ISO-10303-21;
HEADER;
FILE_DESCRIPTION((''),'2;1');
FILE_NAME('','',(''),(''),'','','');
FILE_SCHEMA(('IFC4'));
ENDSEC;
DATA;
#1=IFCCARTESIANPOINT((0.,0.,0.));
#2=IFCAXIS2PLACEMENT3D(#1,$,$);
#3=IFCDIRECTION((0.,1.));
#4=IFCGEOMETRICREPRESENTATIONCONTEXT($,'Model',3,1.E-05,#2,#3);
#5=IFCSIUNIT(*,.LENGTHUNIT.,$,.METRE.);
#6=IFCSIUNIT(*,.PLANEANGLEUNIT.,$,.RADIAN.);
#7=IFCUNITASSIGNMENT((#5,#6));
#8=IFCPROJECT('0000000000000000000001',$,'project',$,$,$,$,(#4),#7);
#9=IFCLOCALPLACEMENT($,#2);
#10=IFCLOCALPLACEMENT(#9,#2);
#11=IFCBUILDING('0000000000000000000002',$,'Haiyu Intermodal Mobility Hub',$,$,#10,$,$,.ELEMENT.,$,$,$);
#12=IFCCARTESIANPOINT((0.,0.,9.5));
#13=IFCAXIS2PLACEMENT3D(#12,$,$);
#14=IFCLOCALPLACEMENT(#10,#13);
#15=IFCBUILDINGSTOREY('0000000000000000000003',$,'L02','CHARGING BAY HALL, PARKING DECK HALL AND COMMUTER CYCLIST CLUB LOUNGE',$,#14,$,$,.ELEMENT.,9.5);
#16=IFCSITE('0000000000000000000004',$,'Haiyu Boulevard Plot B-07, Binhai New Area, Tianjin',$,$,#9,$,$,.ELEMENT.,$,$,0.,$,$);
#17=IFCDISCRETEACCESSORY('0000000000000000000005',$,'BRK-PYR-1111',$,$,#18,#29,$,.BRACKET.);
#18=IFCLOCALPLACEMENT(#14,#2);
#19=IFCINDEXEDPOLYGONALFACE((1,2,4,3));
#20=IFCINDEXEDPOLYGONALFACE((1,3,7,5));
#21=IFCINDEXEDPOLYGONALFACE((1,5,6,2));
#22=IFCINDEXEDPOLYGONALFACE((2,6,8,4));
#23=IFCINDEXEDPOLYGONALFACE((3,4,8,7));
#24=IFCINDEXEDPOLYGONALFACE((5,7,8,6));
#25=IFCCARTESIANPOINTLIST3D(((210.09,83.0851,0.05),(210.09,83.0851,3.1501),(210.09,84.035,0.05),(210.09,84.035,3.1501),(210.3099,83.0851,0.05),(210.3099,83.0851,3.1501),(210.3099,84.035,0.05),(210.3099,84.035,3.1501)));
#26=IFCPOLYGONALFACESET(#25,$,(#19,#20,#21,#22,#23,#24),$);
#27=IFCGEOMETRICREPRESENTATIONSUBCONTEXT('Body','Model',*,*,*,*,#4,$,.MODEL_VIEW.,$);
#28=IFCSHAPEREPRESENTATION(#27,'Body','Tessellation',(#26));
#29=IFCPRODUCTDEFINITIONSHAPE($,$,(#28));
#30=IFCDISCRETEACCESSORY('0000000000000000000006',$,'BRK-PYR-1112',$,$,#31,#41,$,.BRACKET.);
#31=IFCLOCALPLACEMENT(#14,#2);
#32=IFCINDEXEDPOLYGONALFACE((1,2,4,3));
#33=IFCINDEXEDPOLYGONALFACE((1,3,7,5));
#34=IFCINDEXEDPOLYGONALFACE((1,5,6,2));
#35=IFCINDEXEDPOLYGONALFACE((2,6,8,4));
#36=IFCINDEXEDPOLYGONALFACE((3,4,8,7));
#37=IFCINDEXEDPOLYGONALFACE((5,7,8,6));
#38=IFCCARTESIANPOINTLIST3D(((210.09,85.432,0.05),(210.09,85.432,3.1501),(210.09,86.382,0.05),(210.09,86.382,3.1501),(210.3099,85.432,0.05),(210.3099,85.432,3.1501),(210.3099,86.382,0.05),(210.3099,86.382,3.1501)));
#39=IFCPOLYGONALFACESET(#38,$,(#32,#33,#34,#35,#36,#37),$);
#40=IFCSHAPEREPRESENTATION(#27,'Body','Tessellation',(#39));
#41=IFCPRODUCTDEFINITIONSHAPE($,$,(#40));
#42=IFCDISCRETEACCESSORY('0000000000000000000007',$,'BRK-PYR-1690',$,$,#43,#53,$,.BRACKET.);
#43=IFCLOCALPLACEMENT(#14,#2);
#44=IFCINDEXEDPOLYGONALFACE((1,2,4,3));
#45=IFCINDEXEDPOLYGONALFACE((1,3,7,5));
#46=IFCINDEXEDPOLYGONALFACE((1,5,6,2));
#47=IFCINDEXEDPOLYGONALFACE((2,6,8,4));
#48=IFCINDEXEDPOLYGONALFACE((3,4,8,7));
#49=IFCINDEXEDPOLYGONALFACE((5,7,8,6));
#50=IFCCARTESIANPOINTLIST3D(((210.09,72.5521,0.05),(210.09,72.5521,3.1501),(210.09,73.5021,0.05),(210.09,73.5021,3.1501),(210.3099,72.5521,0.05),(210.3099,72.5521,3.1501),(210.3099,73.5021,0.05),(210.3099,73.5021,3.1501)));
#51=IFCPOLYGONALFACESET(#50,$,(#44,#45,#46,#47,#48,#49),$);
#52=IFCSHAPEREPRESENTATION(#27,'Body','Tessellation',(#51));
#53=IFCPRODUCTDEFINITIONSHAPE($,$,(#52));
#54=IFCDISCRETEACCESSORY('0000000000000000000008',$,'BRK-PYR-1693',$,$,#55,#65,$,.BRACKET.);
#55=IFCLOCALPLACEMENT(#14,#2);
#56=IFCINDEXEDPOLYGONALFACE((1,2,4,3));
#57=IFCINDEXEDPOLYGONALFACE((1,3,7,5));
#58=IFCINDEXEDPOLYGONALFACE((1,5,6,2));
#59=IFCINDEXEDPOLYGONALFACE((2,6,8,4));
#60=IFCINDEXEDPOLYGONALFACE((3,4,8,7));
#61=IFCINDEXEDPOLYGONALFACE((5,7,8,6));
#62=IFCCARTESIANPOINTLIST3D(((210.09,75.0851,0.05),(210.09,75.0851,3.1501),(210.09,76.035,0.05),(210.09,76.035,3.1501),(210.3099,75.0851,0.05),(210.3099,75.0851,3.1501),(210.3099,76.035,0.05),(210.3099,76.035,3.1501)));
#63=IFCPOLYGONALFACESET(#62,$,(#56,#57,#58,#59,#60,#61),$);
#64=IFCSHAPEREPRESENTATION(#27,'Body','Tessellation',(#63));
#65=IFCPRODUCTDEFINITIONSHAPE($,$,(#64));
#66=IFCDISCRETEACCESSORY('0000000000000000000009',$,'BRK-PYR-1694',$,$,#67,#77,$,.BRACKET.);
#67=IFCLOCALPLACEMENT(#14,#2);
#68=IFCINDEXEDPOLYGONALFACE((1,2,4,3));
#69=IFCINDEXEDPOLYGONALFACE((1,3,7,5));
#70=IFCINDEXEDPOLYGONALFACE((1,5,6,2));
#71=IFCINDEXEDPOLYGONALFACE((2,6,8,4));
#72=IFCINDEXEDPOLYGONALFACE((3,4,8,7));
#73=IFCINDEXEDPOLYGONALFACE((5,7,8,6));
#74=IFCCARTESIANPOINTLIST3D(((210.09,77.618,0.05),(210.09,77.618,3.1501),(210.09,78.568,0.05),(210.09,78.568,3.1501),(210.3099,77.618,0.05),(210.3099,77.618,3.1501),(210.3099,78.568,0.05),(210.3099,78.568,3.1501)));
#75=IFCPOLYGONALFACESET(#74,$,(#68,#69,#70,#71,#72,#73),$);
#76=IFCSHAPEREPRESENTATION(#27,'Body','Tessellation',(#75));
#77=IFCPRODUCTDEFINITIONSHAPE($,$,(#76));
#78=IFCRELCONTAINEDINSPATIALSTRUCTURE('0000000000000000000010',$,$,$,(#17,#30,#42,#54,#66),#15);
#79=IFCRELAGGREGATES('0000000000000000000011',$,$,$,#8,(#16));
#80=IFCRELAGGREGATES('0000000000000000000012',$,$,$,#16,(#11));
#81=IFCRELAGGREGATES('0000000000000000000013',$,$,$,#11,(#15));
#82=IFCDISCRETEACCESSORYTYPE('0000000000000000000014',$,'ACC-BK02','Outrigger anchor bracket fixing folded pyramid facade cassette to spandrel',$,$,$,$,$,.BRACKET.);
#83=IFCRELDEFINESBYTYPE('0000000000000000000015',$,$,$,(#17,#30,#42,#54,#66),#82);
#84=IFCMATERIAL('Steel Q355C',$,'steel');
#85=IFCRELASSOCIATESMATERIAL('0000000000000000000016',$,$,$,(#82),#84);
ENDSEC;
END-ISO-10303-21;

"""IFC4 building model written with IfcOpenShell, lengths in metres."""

from ifc_helpers import new_model, si_unit, direction, frame, origin, origin_2d, place, context, subcontext, project, spatial, rectangle, extrude, material, type_object, element, save


model = new_model("IFC4")

# Units and contexts
model_context = context("Model", 3, precision=1e-05, world=origin(), true_north=direction((0.0, 1.0)))
body_context = subcontext(model_context, "Body", "Model", "MODEL_VIEW")
ifc_project = project(units=[si_unit("LENGTHUNIT", "METRE"), si_unit("PLANEANGLEUNIT", "RADIAN")], contexts=[model_context])

# Site, building, storey
site_placement = place(None, origin())
site = spatial("IfcSite", under=ifc_project, at=site_placement, Name="Haiyu Boulevard Plot B-07, Binhai New Area, Tianjin", CompositionType="ELEMENT", RefElevation=0.0)
building_placement = place(site_placement, origin())
building = spatial("IfcBuilding", under=site, at=building_placement, Name="Haiyu Intermodal Mobility Hub", CompositionType="ELEMENT")
storey_placement = place(building_placement, frame((0.0, 0.0, 9.5)))
storey = spatial("IfcBuildingStorey", under=building, at=storey_placement, Name="L02", Description="CHARGING BAY HALL, PARKING DECK HALL AND COMMUTER CYCLIST CLUB LOUNGE", CompositionType="ELEMENT", Elevation=9.5)

# Discrete accessories
ifc_material_1 = material(Name="Steel Q355C", Category="steel")
discrete_accessory_type = type_object("IfcDiscreteAccessoryType", Name="ACC-BK02", Description="Outrigger anchor bracket fixing folded pyramid facade cassette to spandrel", PredefinedType="BRACKET", material=ifc_material_1)
for number, where, z_axis, x_axis, name in (
    (1, (210.2, 83.5601, 0.05), (0.0, 0.0, 1.0), (1.0, 0.0, 0.0), "BRK-PYR-1111"),
    (2, (210.2, 85.907, 0.05), (0.0, 0.0, 1.0), (1.0, 0.0, 0.0), "BRK-PYR-1112"),
    (3, (210.2, 73.0271, 0.05), (0.0, 0.0, 1.0), (1.0, 0.0, 0.0), "BRK-PYR-1690"),
    (4, (210.2, 75.5601, 0.05), (0.0, 0.0, 1.0), (1.0, 0.0, 0.0), "BRK-PYR-1693"),
    (5, (210.2, 78.093, 0.05), (0.0, 0.0, 1.0), (1.0, 0.0, 0.0), "BRK-PYR-1694"),
):
    element("IfcDiscreteAccessory", number, at=place(storey_placement, frame(where, z_axis=z_axis, x_axis=x_axis)), inside=storey, type_object=discrete_accessory_type, Name=name, PredefinedType="BRACKET", context=body_context, shape_type="SweptSolid", body=[
        extrude(rectangle(XDim=0.22, YDim=0.95, at=origin_2d()), origin(), (0.0, 0.0, 1.0), 3.1001),
    ])

save(model, "model.ifc")
